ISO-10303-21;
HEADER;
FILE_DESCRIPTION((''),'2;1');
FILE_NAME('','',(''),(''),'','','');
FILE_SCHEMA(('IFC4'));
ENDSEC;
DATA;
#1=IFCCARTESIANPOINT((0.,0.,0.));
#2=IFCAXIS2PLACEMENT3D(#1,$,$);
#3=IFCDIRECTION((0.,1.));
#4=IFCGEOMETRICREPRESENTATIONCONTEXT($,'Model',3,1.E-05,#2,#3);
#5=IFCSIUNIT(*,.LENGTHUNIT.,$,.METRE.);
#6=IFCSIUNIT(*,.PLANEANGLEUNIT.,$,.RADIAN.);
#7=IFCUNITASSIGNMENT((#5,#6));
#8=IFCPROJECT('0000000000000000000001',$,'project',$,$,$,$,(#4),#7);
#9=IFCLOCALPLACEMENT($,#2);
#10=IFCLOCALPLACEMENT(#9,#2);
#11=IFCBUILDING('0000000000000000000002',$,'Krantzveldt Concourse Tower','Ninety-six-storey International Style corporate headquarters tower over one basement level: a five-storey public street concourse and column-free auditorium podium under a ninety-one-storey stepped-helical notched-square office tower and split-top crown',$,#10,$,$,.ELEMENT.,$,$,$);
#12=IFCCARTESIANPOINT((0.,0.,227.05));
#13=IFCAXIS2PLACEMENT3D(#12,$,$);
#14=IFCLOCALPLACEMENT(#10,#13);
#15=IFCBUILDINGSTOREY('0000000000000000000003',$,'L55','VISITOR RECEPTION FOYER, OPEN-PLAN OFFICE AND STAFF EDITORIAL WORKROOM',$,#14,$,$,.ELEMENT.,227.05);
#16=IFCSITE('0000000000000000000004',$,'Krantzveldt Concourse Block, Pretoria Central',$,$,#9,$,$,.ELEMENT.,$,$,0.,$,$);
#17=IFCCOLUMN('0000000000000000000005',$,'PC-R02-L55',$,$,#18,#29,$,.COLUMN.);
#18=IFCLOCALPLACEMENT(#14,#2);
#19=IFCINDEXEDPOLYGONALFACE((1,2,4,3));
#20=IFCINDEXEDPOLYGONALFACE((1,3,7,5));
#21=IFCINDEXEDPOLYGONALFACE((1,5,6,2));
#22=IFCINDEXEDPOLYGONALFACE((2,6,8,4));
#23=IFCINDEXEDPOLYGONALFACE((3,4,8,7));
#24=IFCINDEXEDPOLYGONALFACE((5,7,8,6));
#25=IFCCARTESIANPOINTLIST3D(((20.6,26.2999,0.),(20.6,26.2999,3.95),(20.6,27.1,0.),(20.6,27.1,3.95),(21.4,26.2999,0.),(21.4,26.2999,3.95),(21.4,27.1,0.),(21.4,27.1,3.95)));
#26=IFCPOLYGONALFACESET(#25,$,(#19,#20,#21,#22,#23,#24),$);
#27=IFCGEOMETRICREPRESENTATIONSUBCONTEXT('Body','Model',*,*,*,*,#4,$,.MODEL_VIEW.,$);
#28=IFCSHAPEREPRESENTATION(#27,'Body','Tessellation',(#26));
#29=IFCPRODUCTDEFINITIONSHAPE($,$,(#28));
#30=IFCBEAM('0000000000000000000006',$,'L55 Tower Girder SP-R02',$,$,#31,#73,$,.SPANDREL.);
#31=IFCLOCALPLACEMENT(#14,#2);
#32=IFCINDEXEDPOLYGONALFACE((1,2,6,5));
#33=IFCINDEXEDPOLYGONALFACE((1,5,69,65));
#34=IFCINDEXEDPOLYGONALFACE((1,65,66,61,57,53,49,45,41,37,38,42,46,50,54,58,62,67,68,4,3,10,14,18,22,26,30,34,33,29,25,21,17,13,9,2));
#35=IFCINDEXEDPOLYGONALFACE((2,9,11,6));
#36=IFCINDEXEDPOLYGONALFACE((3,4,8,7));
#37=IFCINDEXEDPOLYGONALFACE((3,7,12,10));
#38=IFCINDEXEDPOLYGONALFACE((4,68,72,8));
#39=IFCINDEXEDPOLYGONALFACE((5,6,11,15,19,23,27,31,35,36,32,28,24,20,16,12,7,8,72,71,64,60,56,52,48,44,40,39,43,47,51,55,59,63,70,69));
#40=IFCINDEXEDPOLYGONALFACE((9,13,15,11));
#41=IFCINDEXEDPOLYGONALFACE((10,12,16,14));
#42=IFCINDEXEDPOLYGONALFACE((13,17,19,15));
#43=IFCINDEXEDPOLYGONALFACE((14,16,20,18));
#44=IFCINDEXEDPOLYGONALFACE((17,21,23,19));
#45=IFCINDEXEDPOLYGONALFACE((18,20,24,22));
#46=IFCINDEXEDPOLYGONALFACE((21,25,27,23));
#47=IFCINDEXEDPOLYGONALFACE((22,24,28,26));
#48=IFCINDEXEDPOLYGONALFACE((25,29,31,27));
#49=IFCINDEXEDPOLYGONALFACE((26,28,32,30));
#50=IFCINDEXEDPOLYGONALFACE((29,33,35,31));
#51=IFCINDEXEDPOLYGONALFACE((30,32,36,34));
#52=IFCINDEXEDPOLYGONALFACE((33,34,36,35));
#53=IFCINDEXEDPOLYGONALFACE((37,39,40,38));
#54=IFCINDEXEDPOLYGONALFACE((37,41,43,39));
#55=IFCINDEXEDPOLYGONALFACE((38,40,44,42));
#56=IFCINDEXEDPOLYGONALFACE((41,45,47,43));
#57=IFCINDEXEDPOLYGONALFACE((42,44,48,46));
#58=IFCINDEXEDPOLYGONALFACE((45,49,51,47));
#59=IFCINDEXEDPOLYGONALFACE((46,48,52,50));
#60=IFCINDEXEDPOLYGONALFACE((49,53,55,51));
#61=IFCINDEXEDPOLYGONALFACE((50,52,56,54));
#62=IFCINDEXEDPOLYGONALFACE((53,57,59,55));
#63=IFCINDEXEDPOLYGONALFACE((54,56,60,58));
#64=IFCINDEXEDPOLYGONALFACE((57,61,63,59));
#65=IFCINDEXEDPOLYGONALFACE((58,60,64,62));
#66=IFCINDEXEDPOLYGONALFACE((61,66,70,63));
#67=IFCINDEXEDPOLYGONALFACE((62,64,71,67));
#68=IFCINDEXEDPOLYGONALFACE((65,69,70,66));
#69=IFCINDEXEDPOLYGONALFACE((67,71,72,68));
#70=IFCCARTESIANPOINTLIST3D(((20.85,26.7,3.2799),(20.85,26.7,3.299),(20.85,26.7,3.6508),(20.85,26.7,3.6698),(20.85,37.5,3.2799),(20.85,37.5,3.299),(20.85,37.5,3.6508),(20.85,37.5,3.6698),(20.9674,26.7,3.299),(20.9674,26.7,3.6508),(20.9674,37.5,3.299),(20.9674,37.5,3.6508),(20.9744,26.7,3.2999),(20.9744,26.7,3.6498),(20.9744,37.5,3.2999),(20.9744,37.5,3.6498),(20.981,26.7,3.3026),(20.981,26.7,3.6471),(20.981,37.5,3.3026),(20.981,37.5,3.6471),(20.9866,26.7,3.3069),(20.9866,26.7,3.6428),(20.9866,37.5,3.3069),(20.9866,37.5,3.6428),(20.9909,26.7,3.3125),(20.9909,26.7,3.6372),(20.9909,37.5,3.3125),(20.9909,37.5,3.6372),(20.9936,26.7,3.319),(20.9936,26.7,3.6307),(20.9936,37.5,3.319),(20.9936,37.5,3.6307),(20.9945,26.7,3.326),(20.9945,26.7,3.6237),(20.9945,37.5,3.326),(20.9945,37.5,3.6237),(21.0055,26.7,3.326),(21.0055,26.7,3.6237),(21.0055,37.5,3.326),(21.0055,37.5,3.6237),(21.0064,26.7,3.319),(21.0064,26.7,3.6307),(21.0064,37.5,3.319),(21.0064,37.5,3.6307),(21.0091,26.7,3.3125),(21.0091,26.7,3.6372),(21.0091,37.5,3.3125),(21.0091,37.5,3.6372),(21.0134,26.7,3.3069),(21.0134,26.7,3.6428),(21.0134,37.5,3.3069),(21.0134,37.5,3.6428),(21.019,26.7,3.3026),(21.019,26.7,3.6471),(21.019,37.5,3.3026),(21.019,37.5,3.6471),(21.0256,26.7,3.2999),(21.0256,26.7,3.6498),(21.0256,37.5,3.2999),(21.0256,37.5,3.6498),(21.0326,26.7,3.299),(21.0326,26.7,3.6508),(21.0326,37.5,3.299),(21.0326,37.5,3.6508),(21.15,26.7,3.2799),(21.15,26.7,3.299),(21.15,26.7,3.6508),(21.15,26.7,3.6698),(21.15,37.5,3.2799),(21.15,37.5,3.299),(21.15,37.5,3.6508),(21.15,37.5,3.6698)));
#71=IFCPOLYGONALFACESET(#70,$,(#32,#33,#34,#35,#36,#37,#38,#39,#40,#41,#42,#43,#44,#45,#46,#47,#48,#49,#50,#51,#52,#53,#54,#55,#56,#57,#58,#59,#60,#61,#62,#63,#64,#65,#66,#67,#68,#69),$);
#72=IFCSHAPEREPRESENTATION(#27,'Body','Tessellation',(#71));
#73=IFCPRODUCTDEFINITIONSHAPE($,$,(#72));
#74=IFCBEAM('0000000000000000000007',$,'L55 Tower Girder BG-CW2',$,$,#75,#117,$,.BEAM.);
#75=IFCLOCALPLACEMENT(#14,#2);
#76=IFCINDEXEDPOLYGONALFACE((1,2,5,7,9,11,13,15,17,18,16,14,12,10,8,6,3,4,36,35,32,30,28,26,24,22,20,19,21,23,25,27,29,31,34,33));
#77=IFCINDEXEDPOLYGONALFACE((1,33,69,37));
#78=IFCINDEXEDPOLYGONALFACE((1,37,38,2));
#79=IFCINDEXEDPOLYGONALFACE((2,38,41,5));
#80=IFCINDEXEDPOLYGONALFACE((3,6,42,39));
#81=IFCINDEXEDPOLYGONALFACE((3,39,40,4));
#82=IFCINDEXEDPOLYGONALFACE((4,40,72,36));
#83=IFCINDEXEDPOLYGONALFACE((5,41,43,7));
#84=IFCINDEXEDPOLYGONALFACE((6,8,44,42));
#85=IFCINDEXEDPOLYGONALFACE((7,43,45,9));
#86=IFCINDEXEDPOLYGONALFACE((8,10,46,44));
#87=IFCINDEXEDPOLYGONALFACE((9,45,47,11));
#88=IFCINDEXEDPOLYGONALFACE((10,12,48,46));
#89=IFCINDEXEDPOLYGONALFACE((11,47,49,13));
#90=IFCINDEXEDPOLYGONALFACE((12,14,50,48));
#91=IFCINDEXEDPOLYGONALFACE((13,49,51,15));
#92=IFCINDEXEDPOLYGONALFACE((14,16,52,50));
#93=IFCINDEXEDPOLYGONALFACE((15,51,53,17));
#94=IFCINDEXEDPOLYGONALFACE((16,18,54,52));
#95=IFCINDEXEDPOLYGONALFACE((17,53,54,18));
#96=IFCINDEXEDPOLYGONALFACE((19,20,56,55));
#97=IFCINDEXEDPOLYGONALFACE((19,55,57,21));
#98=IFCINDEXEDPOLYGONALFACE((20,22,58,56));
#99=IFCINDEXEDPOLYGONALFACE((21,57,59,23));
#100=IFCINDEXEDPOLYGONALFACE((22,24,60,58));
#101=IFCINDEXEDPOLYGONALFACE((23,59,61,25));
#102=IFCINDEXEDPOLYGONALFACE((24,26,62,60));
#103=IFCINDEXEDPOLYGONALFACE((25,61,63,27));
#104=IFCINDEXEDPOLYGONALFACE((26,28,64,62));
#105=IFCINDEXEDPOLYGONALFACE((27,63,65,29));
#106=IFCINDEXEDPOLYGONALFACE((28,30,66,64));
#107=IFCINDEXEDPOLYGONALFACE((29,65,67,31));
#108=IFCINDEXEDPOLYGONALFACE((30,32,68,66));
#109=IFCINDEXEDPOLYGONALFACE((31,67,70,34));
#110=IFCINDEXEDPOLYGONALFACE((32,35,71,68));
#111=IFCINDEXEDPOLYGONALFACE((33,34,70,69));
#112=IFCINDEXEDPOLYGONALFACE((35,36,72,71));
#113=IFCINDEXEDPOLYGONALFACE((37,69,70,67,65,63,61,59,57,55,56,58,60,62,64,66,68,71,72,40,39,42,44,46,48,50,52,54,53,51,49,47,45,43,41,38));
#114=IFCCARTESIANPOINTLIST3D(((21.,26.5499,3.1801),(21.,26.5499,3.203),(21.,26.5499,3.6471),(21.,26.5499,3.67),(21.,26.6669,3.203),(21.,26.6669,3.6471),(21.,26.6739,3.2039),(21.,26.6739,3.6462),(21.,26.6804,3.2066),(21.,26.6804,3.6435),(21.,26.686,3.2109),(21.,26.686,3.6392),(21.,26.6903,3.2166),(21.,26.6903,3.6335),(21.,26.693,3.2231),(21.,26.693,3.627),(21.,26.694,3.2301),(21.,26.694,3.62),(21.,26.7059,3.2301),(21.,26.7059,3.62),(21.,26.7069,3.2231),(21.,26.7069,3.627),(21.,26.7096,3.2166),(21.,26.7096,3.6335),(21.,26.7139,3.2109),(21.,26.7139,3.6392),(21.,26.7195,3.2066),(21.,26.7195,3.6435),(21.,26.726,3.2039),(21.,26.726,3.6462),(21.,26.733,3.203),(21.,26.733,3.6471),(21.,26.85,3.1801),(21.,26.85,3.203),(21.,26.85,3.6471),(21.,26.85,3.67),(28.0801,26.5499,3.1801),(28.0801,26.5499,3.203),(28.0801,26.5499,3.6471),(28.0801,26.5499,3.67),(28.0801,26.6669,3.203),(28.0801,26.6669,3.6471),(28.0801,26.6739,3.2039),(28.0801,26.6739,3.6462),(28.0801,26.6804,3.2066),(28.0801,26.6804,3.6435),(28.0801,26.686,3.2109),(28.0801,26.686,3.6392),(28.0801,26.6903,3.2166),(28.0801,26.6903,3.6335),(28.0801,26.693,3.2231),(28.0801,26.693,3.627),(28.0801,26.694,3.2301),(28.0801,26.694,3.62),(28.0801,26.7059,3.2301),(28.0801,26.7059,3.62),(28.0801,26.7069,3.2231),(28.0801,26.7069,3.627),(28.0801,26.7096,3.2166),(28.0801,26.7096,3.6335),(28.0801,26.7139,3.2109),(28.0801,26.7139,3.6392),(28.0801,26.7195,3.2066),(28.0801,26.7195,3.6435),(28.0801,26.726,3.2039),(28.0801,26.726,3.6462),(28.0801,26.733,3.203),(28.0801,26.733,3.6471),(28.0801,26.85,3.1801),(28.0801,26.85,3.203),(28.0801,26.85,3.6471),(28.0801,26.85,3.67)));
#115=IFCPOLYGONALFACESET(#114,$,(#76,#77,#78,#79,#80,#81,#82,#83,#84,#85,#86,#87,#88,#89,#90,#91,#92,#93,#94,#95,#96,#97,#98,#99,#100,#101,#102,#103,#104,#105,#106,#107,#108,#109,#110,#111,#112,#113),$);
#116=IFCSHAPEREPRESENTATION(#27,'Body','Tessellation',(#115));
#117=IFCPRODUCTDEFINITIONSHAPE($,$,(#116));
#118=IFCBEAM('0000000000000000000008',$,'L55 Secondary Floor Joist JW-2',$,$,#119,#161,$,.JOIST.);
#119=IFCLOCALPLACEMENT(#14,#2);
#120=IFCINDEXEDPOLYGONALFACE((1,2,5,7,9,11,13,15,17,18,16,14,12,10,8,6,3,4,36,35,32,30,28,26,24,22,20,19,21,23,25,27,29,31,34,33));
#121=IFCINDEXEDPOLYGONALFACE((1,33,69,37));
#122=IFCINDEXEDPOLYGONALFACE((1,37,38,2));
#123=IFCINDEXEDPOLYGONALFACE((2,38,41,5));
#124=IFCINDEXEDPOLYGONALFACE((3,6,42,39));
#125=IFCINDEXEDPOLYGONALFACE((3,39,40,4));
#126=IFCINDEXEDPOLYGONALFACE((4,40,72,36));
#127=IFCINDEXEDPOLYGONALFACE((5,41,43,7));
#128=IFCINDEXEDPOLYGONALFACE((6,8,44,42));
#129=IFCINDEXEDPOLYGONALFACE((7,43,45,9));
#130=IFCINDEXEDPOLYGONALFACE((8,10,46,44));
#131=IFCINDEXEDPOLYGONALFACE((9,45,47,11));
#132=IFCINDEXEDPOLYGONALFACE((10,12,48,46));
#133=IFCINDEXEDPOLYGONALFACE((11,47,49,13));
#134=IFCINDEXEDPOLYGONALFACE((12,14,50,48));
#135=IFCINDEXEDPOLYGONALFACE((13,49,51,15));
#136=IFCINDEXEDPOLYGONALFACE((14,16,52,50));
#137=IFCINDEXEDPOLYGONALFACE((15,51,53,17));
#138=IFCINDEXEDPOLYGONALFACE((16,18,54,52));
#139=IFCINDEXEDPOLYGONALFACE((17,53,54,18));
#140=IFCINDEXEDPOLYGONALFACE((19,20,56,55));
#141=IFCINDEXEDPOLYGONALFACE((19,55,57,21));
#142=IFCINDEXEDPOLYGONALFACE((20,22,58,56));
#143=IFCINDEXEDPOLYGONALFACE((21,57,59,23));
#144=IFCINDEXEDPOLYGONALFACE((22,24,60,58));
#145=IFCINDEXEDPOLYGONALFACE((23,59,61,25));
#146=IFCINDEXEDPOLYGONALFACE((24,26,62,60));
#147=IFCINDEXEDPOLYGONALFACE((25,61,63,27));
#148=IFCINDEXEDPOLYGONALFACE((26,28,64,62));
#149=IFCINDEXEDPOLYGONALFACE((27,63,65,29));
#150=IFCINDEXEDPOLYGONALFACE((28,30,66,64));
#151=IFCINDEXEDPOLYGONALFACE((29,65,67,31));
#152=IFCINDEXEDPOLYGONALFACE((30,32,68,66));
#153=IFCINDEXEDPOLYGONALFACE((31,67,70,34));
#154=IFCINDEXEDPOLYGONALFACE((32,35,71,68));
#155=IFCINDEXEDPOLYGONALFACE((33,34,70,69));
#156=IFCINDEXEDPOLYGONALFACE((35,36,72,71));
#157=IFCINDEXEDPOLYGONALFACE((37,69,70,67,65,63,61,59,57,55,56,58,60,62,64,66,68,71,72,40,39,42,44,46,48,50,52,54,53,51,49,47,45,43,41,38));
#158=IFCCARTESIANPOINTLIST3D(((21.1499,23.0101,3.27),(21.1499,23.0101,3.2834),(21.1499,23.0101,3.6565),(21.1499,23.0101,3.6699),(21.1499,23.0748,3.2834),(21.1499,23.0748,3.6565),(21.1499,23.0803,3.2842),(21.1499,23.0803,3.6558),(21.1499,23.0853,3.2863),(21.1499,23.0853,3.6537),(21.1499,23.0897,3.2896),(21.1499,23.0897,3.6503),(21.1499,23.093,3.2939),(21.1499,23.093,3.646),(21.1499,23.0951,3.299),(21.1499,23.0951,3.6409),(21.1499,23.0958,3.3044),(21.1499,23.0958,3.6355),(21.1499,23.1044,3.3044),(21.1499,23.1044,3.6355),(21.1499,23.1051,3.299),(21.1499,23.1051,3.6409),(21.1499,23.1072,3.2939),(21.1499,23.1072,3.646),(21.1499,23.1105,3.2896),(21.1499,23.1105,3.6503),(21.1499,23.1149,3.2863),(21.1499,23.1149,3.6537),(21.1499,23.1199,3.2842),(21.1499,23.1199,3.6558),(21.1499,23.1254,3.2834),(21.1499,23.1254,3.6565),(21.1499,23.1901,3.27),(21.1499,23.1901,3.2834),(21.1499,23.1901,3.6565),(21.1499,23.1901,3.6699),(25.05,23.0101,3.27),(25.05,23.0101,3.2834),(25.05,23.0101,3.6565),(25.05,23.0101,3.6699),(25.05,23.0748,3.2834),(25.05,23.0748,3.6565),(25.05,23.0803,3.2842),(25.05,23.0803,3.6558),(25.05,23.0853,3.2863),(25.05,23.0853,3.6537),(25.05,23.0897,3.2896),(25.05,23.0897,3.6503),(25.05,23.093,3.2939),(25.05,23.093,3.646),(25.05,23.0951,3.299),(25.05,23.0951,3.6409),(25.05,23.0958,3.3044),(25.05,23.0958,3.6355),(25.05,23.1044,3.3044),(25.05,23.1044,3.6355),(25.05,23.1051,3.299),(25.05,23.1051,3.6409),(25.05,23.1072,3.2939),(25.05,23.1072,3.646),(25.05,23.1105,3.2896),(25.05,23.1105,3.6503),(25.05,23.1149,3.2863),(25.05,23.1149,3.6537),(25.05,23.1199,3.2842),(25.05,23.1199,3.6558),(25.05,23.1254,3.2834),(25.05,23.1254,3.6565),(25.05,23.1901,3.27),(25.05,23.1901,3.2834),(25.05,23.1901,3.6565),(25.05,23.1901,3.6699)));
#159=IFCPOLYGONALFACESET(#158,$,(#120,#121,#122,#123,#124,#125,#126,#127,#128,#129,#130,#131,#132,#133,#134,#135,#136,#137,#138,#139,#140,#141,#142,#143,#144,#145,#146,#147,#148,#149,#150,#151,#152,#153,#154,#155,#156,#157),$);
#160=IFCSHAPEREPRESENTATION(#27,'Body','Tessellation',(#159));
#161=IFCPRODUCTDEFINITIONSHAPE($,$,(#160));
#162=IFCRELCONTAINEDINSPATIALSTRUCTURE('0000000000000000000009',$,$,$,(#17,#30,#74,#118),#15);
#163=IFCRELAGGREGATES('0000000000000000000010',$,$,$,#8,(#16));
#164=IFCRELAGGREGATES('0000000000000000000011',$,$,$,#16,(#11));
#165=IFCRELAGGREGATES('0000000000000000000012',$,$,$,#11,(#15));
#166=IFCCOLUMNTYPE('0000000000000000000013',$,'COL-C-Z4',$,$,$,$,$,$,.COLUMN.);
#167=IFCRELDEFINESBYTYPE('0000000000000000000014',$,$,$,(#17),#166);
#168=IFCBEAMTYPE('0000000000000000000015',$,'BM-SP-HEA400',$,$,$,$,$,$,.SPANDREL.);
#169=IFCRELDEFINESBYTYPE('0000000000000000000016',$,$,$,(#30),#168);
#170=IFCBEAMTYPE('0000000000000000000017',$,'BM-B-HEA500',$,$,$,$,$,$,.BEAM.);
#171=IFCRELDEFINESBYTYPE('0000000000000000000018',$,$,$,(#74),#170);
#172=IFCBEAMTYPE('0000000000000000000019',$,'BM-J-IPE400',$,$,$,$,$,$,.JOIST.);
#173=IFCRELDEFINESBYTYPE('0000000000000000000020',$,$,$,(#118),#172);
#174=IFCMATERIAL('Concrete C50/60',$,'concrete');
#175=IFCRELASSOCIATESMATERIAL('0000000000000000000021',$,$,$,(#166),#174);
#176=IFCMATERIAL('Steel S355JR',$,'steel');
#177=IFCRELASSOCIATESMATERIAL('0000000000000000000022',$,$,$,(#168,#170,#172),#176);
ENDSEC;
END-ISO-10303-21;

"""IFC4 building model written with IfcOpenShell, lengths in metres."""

from ifc_helpers import new_model, si_unit, direction, frame, origin, origin_2d, place, context, subcontext, project, spatial, rectangle, i_section, extrude, source, transform, mapped, material, material_profile, profile_set, type_object, type_shapes, element, save


model = new_model("IFC4")

# Units and contexts
model_context = context("Model", 3, precision=1e-05, world=origin(), true_north=direction((0.0, 1.0)))
body_context = subcontext(model_context, "Body", "Model", "MODEL_VIEW")
ifc_project = project(units=[si_unit("LENGTHUNIT", "METRE"), si_unit("PLANEANGLEUNIT", "RADIAN")], contexts=[model_context])

# Site, building, storey
site_placement = place(None, origin())
site = spatial("IfcSite", under=ifc_project, at=site_placement, Name="Krantzveldt Concourse Block, Pretoria Central", CompositionType="ELEMENT", RefElevation=0.0)
building_placement = place(site_placement, origin())
building = spatial("IfcBuilding", under=site, at=building_placement, Name="Krantzveldt Concourse Tower", Description="Ninety-six-storey International Style corporate headquarters tower over one basement level: a five-storey public street concourse and column-free auditorium podium under a ninety-one-storey stepped-helical notched-square office tower and split-top crown", CompositionType="ELEMENT")
storey_placement = place(building_placement, frame((0.0, 0.0, 227.05)))
storey = spatial("IfcBuildingStorey", under=building, at=storey_placement, Name="L55", Description="VISITOR RECEPTION FOYER, OPEN-PLAN OFFICE AND STAFF EDITORIAL WORKROOM", CompositionType="ELEMENT", Elevation=227.05)

# Column
ifc_material_1 = material(Name="Concrete C50/60", Category="concrete")
ifc_material_profile_1 = material_profile(ifc_material_1, rectangle(XDim=0.8, YDim=0.8, at=origin_2d()), Name="Concrete C50/60", Category="concrete")
ifc_profile_set_1 = profile_set([ifc_material_profile_1], Name="Concrete C50/60 - RC 800x800")
column_type = type_object("IfcColumnType", Name="COL-C-Z4", PredefinedType="COLUMN", material=ifc_profile_set_1)
shared_shape_1 = source(origin(), body_context, "Body", "SweptSolid", [
    extrude(rectangle(XDim=0.8, YDim=0.8, at=origin_2d()), origin(), (0.0, 0.0, 1.0), 3.95),
])
type_shapes(column_type, [shared_shape_1])
column_placement = place(storey_placement, frame((21.0, 26.7, 0.0), z_axis=(0.0, 0.0, 1.0), x_axis=(1.0, 0.0, 0.0)))
element("IfcColumn", 1, at=column_placement, inside=storey, type_object=column_type, Name="PC-R02-L55", PredefinedType="COLUMN", context=body_context, shape_type="MappedRepresentation", body=[
    mapped(shared_shape_1, transform((0.0, 0.0, 0.0), x_axis=(1.0, 0.0, 0.0), y_axis=(0.0, 1.0, 0.0), z_axis=(0.0, 0.0, 1.0), scale=1.0)),
])

# Beams
ifc_material_2 = material(Name="Steel S355JR", Category="steel")
ifc_material_profile_2 = material_profile(ifc_material_2, i_section(OverallWidth=0.3, OverallDepth=0.3899, WebThickness=0.011, FlangeThickness=0.019, FilletRadius=0.0271, at=origin_2d()), Name="Steel S355JR", Category="steel")
ifc_profile_set_2 = profile_set([ifc_material_profile_2], Name="Steel S355JR - HEA 400")
beam_type_1 = type_object("IfcBeamType", Name="BM-SP-HEA400", PredefinedType="SPANDREL", material=ifc_profile_set_2)
shared_shape_2 = source(origin(), body_context, "Body", "SweptSolid", [
    extrude(i_section(OverallWidth=0.3, OverallDepth=0.3899, WebThickness=0.011, FlangeThickness=0.019, FilletRadius=0.0271, at=origin_2d()), origin(), (0.0, 0.0, 1.0), 10.8),
])
type_shapes(beam_type_1, [shared_shape_2])
beam_1_placement = place(storey_placement, frame((21.0, 26.7, 3.4749), z_axis=(0.0, 1.0, 0.0), x_axis=(-1.0, 0.0, 0.0)))
element("IfcBeam", 2, at=beam_1_placement, inside=storey, type_object=beam_type_1, Name="L55 Tower Girder SP-R02", PredefinedType="SPANDREL", context=body_context, shape_type="MappedRepresentation", body=[
    mapped(shared_shape_2, transform((0.0, 0.0, 0.0), x_axis=(1.0, 0.0, 0.0), y_axis=(0.0, 1.0, 0.0), z_axis=(0.0, 0.0, 1.0), scale=1.0)),
])
ifc_material_profile_3 = material_profile(ifc_material_2, i_section(OverallWidth=0.3, OverallDepth=0.49, WebThickness=0.012, FlangeThickness=0.0229, FilletRadius=0.0271, at=origin_2d()), Name="Steel S355JR", Category="steel")
ifc_profile_set_3 = profile_set([ifc_material_profile_3], Name="Steel S355JR - HEA 500")
beam_type_2 = type_object("IfcBeamType", Name="BM-B-HEA500", PredefinedType="BEAM", material=ifc_profile_set_3)
shared_shape_3 = source(origin(), body_context, "Body", "SweptSolid", [
    extrude(i_section(OverallWidth=0.3, OverallDepth=0.49, WebThickness=0.012, FlangeThickness=0.0229, FilletRadius=0.0271, at=origin_2d()), origin(), (0.0, 0.0, 1.0), 7.0801),
])
type_shapes(beam_type_2, [shared_shape_3])
beam_2_placement = place(storey_placement, frame((21.0, 26.7, 3.425), z_axis=(1.0, 0.0, 0.0), x_axis=(0.0, 1.0, 0.0)))
element("IfcBeam", 3, at=beam_2_placement, inside=storey, type_object=beam_type_2, Name="L55 Tower Girder BG-CW2", PredefinedType="BEAM", context=body_context, shape_type="MappedRepresentation", body=[
    mapped(shared_shape_3, transform((0.0, 0.0, 0.0), x_axis=(1.0, 0.0, 0.0), y_axis=(0.0, 1.0, 0.0), z_axis=(0.0, 0.0, 1.0), scale=1.0)),
])
ifc_material_profile_4 = material_profile(ifc_material_2, i_section(OverallWidth=0.1799, OverallDepth=0.3999, WebThickness=0.0085, FlangeThickness=0.0134, FilletRadius=0.021, at=origin_2d()), Name="Steel S355JR", Category="steel")
ifc_profile_set_4 = profile_set([ifc_material_profile_4], Name="Steel S355JR - IPE 400")
beam_type_3 = type_object("IfcBeamType", Name="BM-J-IPE400", PredefinedType="JOIST", material=ifc_profile_set_4)
shared_shape_4 = source(origin(), body_context, "Body", "SweptSolid", [
    extrude(i_section(OverallWidth=0.1799, OverallDepth=0.3999, WebThickness=0.0085, FlangeThickness=0.0134, FilletRadius=0.021, at=origin_2d()), origin(), (0.0, 0.0, 1.0), 3.9001),
])
type_shapes(beam_type_3, [shared_shape_4])
beam_3_placement = place(storey_placement, frame((21.1499, 23.1001, 3.47), z_axis=(1.0, 0.0, 0.0), x_axis=(0.0, 1.0, 0.0)))
element("IfcBeam", 4, at=beam_3_placement, inside=storey, type_object=beam_type_3, Name="L55 Secondary Floor Joist JW-2", PredefinedType="JOIST", context=body_context, shape_type="MappedRepresentation", body=[
    mapped(shared_shape_4, transform((0.0, 0.0, 0.0), x_axis=(1.0, 0.0, 0.0), y_axis=(0.0, 1.0, 0.0), z_axis=(0.0, 0.0, 1.0), scale=1.0)),
])

save(model, "model.ifc")
